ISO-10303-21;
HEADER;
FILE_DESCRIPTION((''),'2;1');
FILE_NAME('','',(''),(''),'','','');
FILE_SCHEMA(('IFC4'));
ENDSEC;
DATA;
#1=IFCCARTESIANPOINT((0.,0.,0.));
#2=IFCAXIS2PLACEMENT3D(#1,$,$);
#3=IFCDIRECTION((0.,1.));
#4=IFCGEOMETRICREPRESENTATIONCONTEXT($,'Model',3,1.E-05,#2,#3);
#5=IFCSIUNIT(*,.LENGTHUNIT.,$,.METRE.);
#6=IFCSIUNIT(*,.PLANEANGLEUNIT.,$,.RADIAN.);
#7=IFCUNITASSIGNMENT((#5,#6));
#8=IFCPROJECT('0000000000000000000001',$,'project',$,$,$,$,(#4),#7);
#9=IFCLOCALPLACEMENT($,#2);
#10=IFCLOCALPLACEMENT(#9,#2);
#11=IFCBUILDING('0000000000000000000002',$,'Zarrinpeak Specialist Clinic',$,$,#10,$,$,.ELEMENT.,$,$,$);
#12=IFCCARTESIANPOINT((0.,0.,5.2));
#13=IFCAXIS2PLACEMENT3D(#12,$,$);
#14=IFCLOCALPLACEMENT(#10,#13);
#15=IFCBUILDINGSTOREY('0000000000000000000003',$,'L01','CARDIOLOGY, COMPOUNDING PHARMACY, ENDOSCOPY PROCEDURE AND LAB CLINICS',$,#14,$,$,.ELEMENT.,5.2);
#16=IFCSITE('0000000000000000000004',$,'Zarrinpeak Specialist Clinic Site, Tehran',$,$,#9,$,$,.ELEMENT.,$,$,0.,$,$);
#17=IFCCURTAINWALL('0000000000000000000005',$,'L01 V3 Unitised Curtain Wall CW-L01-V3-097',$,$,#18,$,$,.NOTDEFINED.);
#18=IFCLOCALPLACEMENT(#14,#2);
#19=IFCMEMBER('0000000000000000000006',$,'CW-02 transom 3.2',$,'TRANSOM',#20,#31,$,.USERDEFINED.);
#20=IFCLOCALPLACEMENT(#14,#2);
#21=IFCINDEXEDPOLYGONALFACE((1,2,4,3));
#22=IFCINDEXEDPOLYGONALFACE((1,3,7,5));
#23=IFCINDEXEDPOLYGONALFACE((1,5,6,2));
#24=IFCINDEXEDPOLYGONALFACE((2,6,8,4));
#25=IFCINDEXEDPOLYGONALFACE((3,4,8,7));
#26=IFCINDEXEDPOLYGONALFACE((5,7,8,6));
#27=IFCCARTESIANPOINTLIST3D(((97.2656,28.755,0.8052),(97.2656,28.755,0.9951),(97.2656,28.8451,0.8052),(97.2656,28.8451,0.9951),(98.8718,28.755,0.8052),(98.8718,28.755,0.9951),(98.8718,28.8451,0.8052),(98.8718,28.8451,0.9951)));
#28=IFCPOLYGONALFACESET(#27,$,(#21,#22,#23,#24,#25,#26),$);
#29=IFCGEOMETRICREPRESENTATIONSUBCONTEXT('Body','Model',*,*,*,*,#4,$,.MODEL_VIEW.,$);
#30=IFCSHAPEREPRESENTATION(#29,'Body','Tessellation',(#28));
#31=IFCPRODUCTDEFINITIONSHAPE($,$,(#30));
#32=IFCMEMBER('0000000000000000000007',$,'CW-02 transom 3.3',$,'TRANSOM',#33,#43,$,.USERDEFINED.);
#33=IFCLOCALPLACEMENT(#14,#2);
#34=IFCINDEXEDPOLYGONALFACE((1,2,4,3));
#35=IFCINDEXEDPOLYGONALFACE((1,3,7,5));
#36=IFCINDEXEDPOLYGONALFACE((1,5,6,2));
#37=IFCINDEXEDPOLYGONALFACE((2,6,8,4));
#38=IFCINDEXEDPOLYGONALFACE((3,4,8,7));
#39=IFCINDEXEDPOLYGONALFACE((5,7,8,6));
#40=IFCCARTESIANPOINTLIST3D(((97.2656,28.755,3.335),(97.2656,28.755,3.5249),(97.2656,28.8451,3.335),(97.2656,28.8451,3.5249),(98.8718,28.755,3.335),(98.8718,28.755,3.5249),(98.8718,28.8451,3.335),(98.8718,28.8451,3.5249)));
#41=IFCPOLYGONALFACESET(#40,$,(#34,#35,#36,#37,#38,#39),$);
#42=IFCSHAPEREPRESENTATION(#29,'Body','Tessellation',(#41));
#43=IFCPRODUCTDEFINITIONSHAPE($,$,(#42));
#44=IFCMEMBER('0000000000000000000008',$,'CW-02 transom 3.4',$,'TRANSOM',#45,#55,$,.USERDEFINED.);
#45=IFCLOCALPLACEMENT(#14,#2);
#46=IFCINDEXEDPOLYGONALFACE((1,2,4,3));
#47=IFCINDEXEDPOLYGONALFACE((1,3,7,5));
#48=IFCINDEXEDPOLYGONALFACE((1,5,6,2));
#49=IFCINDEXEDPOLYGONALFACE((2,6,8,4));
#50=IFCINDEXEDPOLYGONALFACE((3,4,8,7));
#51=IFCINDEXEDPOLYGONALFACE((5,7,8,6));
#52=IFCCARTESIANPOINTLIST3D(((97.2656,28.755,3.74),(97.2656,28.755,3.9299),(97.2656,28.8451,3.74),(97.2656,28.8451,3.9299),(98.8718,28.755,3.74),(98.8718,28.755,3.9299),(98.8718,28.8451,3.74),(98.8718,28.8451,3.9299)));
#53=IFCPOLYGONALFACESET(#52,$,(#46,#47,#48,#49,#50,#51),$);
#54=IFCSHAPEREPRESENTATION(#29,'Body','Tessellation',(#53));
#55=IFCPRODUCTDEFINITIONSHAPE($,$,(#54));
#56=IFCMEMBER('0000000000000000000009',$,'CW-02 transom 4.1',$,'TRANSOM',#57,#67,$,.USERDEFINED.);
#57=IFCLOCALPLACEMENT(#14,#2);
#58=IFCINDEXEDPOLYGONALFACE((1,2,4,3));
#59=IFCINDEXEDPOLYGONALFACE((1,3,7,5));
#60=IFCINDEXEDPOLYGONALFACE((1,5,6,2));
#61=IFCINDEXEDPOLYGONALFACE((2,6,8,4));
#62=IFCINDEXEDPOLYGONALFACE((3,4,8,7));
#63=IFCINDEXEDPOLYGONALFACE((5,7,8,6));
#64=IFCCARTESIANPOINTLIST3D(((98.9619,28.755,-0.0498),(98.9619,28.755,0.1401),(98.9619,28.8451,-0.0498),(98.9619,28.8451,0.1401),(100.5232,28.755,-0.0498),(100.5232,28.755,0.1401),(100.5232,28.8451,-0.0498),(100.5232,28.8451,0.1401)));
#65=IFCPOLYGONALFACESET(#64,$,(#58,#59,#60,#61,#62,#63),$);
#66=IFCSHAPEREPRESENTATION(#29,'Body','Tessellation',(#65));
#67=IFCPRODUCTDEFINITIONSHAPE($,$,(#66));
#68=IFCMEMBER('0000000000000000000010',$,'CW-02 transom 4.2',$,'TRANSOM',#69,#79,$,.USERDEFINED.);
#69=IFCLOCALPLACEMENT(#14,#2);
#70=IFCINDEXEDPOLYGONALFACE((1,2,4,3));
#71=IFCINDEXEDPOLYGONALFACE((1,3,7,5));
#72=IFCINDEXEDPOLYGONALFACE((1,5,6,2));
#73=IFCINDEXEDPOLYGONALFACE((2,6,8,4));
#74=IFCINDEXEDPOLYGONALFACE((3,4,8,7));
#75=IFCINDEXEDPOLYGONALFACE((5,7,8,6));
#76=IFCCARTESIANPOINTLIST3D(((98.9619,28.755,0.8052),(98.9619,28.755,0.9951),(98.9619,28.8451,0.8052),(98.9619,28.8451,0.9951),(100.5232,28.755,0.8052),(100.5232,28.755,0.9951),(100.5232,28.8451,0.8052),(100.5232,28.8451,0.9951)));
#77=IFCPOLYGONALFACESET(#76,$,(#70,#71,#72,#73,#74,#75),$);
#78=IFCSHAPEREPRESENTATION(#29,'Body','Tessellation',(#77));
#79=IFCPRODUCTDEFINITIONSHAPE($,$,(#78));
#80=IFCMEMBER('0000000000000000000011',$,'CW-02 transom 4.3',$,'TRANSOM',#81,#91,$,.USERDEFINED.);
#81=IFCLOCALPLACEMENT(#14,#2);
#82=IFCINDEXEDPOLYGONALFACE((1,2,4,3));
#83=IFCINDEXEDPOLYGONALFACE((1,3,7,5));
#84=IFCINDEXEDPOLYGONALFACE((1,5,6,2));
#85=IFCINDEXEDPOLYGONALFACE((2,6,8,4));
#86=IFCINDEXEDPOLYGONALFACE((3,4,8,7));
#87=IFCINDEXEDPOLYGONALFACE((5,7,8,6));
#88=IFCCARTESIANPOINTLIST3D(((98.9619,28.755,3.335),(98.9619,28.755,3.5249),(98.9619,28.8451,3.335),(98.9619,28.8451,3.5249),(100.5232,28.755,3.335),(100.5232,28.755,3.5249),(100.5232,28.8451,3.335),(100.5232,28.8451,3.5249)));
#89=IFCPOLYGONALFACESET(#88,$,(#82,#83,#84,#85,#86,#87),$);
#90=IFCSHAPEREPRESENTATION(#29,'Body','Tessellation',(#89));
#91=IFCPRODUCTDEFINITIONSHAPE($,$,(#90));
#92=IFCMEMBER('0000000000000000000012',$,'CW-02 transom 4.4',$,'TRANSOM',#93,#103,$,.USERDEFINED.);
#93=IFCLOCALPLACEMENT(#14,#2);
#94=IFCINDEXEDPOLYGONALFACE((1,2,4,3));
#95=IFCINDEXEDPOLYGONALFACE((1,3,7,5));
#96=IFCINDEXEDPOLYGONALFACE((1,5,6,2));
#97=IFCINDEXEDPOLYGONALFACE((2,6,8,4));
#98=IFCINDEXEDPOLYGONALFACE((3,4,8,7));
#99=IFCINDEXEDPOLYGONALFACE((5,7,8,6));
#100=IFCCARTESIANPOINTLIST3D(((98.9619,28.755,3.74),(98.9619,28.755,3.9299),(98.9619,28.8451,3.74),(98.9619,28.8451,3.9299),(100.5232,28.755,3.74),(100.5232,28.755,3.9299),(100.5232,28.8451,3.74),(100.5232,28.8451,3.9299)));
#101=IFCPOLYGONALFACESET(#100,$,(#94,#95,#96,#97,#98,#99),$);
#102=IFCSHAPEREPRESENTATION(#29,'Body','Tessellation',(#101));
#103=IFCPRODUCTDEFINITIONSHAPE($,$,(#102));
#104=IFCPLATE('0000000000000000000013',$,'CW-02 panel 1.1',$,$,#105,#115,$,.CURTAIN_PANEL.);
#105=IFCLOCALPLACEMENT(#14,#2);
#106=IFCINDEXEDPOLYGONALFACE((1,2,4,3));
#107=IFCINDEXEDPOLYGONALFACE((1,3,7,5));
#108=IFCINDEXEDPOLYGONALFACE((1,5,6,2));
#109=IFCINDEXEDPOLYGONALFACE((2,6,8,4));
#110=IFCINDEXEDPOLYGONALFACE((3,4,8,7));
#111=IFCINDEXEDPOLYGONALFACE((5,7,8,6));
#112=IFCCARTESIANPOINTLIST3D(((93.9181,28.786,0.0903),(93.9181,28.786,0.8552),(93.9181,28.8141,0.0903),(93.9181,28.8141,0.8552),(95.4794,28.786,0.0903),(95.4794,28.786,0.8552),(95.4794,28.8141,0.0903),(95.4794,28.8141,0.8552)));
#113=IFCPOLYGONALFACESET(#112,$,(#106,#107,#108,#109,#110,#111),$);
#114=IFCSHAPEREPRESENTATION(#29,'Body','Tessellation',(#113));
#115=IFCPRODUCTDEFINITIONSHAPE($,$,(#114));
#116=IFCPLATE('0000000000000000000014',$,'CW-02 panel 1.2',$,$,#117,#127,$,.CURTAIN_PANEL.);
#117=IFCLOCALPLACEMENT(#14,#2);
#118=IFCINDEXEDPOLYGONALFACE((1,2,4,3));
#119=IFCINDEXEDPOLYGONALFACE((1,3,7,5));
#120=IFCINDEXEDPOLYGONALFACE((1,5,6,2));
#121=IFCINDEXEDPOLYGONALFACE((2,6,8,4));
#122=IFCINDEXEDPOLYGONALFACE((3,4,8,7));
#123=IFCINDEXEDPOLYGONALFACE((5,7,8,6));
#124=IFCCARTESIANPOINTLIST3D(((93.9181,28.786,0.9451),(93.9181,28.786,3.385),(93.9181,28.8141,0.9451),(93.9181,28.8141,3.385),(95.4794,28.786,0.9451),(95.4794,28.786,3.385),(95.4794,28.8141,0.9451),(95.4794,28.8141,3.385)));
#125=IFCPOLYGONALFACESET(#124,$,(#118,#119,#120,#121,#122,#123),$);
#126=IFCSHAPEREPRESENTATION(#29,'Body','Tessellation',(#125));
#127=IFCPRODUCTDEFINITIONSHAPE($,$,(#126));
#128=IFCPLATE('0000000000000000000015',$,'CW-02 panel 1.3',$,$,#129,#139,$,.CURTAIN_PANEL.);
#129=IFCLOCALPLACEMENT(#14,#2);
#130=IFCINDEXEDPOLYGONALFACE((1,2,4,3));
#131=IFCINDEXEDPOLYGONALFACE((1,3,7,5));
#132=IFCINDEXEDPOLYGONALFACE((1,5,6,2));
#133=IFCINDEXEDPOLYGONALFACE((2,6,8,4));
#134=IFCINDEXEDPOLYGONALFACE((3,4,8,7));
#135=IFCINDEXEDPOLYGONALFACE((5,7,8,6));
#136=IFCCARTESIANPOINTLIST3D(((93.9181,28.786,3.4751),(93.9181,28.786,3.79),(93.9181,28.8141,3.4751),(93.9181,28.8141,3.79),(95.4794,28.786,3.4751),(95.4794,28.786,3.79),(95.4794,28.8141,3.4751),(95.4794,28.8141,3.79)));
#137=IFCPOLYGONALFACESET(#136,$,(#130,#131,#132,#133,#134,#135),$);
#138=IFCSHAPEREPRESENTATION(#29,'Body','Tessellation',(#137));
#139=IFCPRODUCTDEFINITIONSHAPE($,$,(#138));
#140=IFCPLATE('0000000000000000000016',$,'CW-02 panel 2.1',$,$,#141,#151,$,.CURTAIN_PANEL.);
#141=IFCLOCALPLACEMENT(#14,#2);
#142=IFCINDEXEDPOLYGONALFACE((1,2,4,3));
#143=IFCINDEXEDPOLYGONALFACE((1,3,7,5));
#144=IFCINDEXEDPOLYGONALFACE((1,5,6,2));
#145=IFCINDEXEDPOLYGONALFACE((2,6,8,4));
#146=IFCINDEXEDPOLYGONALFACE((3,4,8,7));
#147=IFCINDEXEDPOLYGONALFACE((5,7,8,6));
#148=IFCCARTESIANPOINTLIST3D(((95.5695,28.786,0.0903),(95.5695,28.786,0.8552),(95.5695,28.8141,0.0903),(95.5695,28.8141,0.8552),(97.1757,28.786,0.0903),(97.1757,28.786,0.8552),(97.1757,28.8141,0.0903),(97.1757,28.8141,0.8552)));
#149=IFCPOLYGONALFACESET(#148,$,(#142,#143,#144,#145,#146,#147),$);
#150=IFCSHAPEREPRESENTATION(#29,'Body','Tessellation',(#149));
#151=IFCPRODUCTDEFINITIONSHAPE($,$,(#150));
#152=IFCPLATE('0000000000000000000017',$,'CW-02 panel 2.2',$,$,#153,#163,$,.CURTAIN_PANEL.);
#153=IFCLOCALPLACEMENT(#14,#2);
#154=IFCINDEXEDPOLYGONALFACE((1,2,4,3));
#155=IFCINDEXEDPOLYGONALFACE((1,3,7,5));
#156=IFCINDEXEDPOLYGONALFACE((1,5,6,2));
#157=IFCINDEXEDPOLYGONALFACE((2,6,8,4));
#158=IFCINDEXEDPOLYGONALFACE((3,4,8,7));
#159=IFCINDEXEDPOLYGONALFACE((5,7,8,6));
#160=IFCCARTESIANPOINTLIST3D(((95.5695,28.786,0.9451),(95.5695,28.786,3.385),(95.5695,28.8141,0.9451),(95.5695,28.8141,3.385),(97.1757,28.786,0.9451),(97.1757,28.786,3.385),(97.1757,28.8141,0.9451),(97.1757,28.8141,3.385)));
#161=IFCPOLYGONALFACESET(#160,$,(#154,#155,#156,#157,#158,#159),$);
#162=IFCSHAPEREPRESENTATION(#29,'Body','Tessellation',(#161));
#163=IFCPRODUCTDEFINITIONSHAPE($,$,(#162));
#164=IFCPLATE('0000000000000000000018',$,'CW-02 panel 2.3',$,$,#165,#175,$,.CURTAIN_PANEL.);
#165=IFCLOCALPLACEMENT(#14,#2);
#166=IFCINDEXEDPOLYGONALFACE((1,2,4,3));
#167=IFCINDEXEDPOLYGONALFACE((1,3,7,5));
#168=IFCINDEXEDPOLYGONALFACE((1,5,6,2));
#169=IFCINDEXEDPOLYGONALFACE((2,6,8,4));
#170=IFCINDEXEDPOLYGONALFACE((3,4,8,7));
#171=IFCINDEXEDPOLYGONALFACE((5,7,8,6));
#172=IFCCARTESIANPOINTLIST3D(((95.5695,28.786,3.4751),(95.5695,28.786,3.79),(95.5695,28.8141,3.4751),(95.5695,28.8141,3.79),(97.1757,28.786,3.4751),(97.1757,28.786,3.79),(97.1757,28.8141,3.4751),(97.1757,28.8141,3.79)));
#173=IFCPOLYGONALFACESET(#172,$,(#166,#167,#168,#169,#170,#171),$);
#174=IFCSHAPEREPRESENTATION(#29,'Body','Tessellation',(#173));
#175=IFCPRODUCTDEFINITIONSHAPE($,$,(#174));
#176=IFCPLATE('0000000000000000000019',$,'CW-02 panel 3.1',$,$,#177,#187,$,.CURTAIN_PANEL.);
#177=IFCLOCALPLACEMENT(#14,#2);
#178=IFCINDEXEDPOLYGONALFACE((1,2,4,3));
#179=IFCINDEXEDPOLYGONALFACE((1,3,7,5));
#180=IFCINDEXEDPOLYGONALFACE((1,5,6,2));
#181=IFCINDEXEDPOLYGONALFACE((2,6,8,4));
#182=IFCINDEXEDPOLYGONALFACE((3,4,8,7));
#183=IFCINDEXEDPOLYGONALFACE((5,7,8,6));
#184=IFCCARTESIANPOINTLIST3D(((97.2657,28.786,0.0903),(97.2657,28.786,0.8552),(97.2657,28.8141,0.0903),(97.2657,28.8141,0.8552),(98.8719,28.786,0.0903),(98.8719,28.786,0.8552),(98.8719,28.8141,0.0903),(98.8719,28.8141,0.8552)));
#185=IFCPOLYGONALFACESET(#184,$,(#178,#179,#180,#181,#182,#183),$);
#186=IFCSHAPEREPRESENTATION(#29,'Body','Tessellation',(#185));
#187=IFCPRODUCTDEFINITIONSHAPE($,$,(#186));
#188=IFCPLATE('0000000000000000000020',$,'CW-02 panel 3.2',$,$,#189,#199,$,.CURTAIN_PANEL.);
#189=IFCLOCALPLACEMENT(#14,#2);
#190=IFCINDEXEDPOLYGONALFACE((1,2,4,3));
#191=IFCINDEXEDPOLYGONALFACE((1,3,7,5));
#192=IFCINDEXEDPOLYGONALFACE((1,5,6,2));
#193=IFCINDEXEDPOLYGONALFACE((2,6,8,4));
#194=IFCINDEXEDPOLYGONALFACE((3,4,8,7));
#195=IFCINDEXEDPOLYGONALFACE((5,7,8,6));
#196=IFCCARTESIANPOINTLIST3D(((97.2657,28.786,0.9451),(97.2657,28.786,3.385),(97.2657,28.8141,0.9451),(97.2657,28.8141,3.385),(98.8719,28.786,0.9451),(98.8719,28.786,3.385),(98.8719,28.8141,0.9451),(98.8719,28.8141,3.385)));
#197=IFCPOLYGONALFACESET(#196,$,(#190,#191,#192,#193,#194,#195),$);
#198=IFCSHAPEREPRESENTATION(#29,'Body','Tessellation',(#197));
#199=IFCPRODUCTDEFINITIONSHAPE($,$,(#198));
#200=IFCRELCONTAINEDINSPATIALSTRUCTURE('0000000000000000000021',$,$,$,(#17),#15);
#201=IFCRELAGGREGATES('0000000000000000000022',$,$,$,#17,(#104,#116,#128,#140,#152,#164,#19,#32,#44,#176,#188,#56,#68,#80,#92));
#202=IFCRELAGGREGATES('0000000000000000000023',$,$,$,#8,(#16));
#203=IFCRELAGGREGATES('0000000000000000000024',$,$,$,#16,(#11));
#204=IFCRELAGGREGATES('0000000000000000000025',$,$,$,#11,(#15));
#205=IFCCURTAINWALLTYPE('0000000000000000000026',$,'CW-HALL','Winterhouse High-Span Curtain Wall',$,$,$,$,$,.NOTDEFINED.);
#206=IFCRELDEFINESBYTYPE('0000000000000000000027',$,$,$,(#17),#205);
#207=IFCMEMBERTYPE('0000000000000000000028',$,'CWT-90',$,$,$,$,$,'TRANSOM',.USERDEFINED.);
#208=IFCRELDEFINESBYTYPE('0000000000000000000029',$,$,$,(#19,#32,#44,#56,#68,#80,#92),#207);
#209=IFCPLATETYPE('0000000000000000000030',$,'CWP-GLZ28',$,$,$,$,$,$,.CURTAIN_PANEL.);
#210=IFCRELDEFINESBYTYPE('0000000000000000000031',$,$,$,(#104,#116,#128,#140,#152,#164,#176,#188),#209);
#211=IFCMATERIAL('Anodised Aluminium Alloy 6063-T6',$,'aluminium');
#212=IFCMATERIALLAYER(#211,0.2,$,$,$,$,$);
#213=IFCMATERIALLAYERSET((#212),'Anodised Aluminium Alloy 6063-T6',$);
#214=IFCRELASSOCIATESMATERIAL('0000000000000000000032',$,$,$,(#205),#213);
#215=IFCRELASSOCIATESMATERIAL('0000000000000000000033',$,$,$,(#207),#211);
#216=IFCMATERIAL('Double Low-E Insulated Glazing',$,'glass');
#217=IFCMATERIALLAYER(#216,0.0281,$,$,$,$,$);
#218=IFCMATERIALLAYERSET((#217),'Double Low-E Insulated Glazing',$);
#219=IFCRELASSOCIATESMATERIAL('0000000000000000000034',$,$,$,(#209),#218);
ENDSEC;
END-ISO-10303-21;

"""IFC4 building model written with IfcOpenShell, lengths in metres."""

from ifc_helpers import new_model, si_unit, direction, frame, origin, origin_2d, place, context, subcontext, project, spatial, rectangle, extrude, material, layer, layer_set, material_profile, profile_set, type_object, element, aggregate, save


model = new_model("IFC4")

# Units and contexts
model_context = context("Model", 3, precision=1e-05, world=origin(), true_north=direction((0.0, 1.0)))
body_context = subcontext(model_context, "Body", "Model", "MODEL_VIEW")
ifc_project = project(units=[si_unit("LENGTHUNIT", "METRE"), si_unit("PLANEANGLEUNIT", "RADIAN")], contexts=[model_context])

# Site, building, storey
site_placement = place(None, origin())
site = spatial("IfcSite", under=ifc_project, at=site_placement, Name="Zarrinpeak Specialist Clinic Site, Tehran", CompositionType="ELEMENT", RefElevation=0.0)
building_placement = place(site_placement, origin())
building = spatial("IfcBuilding", under=site, at=building_placement, Name="Zarrinpeak Specialist Clinic", CompositionType="ELEMENT")
storey_placement = place(building_placement, frame((0.0, 0.0, 5.2)))
storey = spatial("IfcBuildingStorey", under=building, at=storey_placement, Name="L01", Description="CARDIOLOGY, COMPOUNDING PHARMACY, ENDOSCOPY PROCEDURE AND LAB CLINICS", CompositionType="ELEMENT", Elevation=5.2)

# Curtain wall, members, plates
ifc_material_1 = material(Name="Anodised Aluminium Alloy 6063-T6", Category="aluminium")
ifc_layer_1 = layer(ifc_material_1, 0.2)
ifc_layer_set_1 = layer_set([ifc_layer_1], Name="Anodised Aluminium Alloy 6063-T6")
curtain_wall_type = type_object("IfcCurtainWallType", Name="CW-HALL", Description="Winterhouse High-Span Curtain Wall", PredefinedType="NOTDEFINED", material=ifc_layer_set_1)
curtain_wall_placement = place(storey_placement, origin())
curtain_wall = element("IfcCurtainWall", 1, at=curtain_wall_placement, inside=storey, type_object=curtain_wall_type, Name="L01 V3 Unitised Curtain Wall CW-L01-V3-097", PredefinedType="NOTDEFINED")
ifc_material_profile_1 = material_profile(ifc_material_1, rectangle(XDim=0.0901, YDim=0.1899, at=origin_2d()), Name="ALU 90x190")
ifc_profile_set_1 = profile_set([ifc_material_profile_1], Name="Anodised Aluminium Alloy 6063-T6")
member_type_1 = type_object("IfcMemberType", Name="CWT-90", ElementType="TRANSOM", PredefinedType="USERDEFINED", material=ifc_profile_set_1)
member_1_placement = place(storey_placement, frame((97.2656, 28.8, 0.9001), z_axis=(1.0, 0.0, 0.0), x_axis=(0.0, 1.0, 0.0)))
member_1 = element("IfcMember", 2, at=member_1_placement, type_object=member_type_1, Name="CW-02 transom 3.2", ObjectType="TRANSOM", PredefinedType="USERDEFINED", context=body_context, shape_type="SweptSolid", body=[
    extrude(rectangle(XDim=0.0901, YDim=0.1899, at=origin_2d()), origin(), (0.0, 0.0, 1.0), 1.6062),
])
member_2_placement = place(storey_placement, frame((97.2656, 28.8, 3.4299), z_axis=(1.0, 0.0, 0.0), x_axis=(0.0, 1.0, 0.0)))
member_2 = element("IfcMember", 3, at=member_2_placement, type_object=member_type_1, Name="CW-02 transom 3.3", ObjectType="TRANSOM", PredefinedType="USERDEFINED", context=body_context, shape_type="SweptSolid", body=[
    extrude(rectangle(XDim=0.0901, YDim=0.1899, at=origin_2d()), origin(), (0.0, 0.0, 1.0), 1.6062),
])
member_3_placement = place(storey_placement, frame((97.2656, 28.8, 3.835), z_axis=(1.0, 0.0, 0.0), x_axis=(0.0, 1.0, 0.0)))
member_3 = element("IfcMember", 4, at=member_3_placement, type_object=member_type_1, Name="CW-02 transom 3.4", ObjectType="TRANSOM", PredefinedType="USERDEFINED", context=body_context, shape_type="SweptSolid", body=[
    extrude(rectangle(XDim=0.0901, YDim=0.1899, at=origin_2d()), origin(), (0.0, 0.0, 1.0), 1.6062),
])
member_4_placement = place(storey_placement, frame((98.9619, 28.8, 0.0452), z_axis=(1.0, 0.0, 0.0), x_axis=(0.0, 1.0, 0.0)))
member_4 = element("IfcMember", 5, at=member_4_placement, type_object=member_type_1, Name="CW-02 transom 4.1", ObjectType="TRANSOM", PredefinedType="USERDEFINED", context=body_context, shape_type="SweptSolid", body=[
    extrude(rectangle(XDim=0.0901, YDim=0.1899, at=origin_2d()), origin(), (0.0, 0.0, 1.0), 1.5613),
])
member_5_placement = place(storey_placement, frame((98.9619, 28.8, 0.9001), z_axis=(1.0, 0.0, 0.0), x_axis=(0.0, 1.0, 0.0)))
member_5 = element("IfcMember", 6, at=member_5_placement, type_object=member_type_1, Name="CW-02 transom 4.2", ObjectType="TRANSOM", PredefinedType="USERDEFINED", context=body_context, shape_type="SweptSolid", body=[
    extrude(rectangle(XDim=0.0901, YDim=0.1899, at=origin_2d()), origin(), (0.0, 0.0, 1.0), 1.5613),
])
member_6_placement = place(storey_placement, frame((98.9619, 28.8, 3.4299), z_axis=(1.0, 0.0, 0.0), x_axis=(0.0, 1.0, 0.0)))
member_6 = element("IfcMember", 7, at=member_6_placement, type_object=member_type_1, Name="CW-02 transom 4.3", ObjectType="TRANSOM", PredefinedType="USERDEFINED", context=body_context, shape_type="SweptSolid", body=[
    extrude(rectangle(XDim=0.0901, YDim=0.1899, at=origin_2d()), origin(), (0.0, 0.0, 1.0), 1.5613),
])
member_7_placement = place(storey_placement, frame((98.9619, 28.8, 3.835), z_axis=(1.0, 0.0, 0.0), x_axis=(0.0, 1.0, 0.0)))
member_7 = element("IfcMember", 8, at=member_7_placement, type_object=member_type_1, Name="CW-02 transom 4.4", ObjectType="TRANSOM", PredefinedType="USERDEFINED", context=body_context, shape_type="SweptSolid", body=[
    extrude(rectangle(XDim=0.0901, YDim=0.1899, at=origin_2d()), origin(), (0.0, 0.0, 1.0), 1.5613),
])
ifc_material_2 = material(Name="Double Low-E Insulated Glazing", Category="glass")
ifc_layer_2 = layer(ifc_material_2, 0.0281)
ifc_layer_set_2 = layer_set([ifc_layer_2], Name="Double Low-E Insulated Glazing")
plate_type = type_object("IfcPlateType", Name="CWP-GLZ28", PredefinedType="CURTAIN_PANEL", material=ifc_layer_set_2)
plate_1_placement = place(storey_placement, frame((94.6987, 28.8, 0.0903), z_axis=(0.0, 0.0, 1.0), x_axis=(1.0, 0.0, 0.0)))
plate_1 = element("IfcPlate", 9, at=plate_1_placement, type_object=plate_type, Name="CW-02 panel 1.1", PredefinedType="CURTAIN_PANEL", context=body_context, shape_type="SweptSolid", body=[
    extrude(rectangle(XDim=1.5613, YDim=0.0281, at=origin_2d()), origin(), (0.0, 0.0, 1.0), 0.7649),
])
plate_2_placement = place(storey_placement, frame((94.6987, 28.8, 0.9451), z_axis=(0.0, 0.0, 1.0), x_axis=(1.0, 0.0, 0.0)))
plate_2 = element("IfcPlate", 10, at=plate_2_placement, type_object=plate_type, Name="CW-02 panel 1.2", PredefinedType="CURTAIN_PANEL", context=body_context, shape_type="SweptSolid", body=[
    extrude(rectangle(XDim=1.5613, YDim=0.0281, at=origin_2d()), origin(), (0.0, 0.0, 1.0), 2.4399),
])
plate_3_placement = place(storey_placement, frame((94.6987, 28.8, 3.4751), z_axis=(0.0, 0.0, 1.0), x_axis=(1.0, 0.0, 0.0)))
plate_3 = element("IfcPlate", 11, at=plate_3_placement, type_object=plate_type, Name="CW-02 panel 1.3", PredefinedType="CURTAIN_PANEL", context=body_context, shape_type="SweptSolid", body=[
    extrude(rectangle(XDim=1.5613, YDim=0.0281, at=origin_2d()), origin(), (0.0, 0.0, 1.0), 0.3149),
])
plate_4_placement = place(storey_placement, frame((96.3726, 28.8, 0.0903), z_axis=(0.0, 0.0, 1.0), x_axis=(1.0, 0.0, 0.0)))
plate_4 = element("IfcPlate", 12, at=plate_4_placement, type_object=plate_type, Name="CW-02 panel 2.1", PredefinedType="CURTAIN_PANEL", context=body_context, shape_type="SweptSolid", body=[
    extrude(rectangle(XDim=1.6062, YDim=0.0281, at=origin_2d()), origin(), (0.0, 0.0, 1.0), 0.7649),
])
plate_5_placement = place(storey_placement, frame((96.3726, 28.8, 0.9451), z_axis=(0.0, 0.0, 1.0), x_axis=(1.0, 0.0, 0.0)))
plate_5 = element("IfcPlate", 13, at=plate_5_placement, type_object=plate_type, Name="CW-02 panel 2.2", PredefinedType="CURTAIN_PANEL", context=body_context, shape_type="SweptSolid", body=[
    extrude(rectangle(XDim=1.6062, YDim=0.0281, at=origin_2d()), origin(), (0.0, 0.0, 1.0), 2.4399),
])
plate_6_placement = place(storey_placement, frame((96.3726, 28.8, 3.4751), z_axis=(0.0, 0.0, 1.0), x_axis=(1.0, 0.0, 0.0)))
plate_6 = element("IfcPlate", 14, at=plate_6_placement, type_object=plate_type, Name="CW-02 panel 2.3", PredefinedType="CURTAIN_PANEL", context=body_context, shape_type="SweptSolid", body=[
    extrude(rectangle(XDim=1.6062, YDim=0.0281, at=origin_2d()), origin(), (0.0, 0.0, 1.0), 0.3149),
])
plate_7_placement = place(storey_placement, frame((98.0688, 28.8, 0.0903), z_axis=(0.0, 0.0, 1.0), x_axis=(1.0, 0.0, 0.0)))
plate_7 = element("IfcPlate", 15, at=plate_7_placement, type_object=plate_type, Name="CW-02 panel 3.1", PredefinedType="CURTAIN_PANEL", context=body_context, shape_type="SweptSolid", body=[
    extrude(rectangle(XDim=1.6062, YDim=0.0281, at=origin_2d()), origin(), (0.0, 0.0, 1.0), 0.7649),
])
plate_8_placement = place(storey_placement, frame((98.0688, 28.8, 0.9451), z_axis=(0.0, 0.0, 1.0), x_axis=(1.0, 0.0, 0.0)))
plate_8 = element("IfcPlate", 16, at=plate_8_placement, type_object=plate_type, Name="CW-02 panel 3.2", PredefinedType="CURTAIN_PANEL", context=body_context, shape_type="SweptSolid", body=[
    extrude(rectangle(XDim=1.6062, YDim=0.0281, at=origin_2d()), origin(), (0.0, 0.0, 1.0), 2.4399),
])
aggregate(curtain_wall, [plate_1, plate_2, plate_3, plate_4, plate_5, plate_6, member_1, member_2, member_3, plate_7, plate_8, member_4, member_5, member_6, member_7])

save(model, "model.ifc")
